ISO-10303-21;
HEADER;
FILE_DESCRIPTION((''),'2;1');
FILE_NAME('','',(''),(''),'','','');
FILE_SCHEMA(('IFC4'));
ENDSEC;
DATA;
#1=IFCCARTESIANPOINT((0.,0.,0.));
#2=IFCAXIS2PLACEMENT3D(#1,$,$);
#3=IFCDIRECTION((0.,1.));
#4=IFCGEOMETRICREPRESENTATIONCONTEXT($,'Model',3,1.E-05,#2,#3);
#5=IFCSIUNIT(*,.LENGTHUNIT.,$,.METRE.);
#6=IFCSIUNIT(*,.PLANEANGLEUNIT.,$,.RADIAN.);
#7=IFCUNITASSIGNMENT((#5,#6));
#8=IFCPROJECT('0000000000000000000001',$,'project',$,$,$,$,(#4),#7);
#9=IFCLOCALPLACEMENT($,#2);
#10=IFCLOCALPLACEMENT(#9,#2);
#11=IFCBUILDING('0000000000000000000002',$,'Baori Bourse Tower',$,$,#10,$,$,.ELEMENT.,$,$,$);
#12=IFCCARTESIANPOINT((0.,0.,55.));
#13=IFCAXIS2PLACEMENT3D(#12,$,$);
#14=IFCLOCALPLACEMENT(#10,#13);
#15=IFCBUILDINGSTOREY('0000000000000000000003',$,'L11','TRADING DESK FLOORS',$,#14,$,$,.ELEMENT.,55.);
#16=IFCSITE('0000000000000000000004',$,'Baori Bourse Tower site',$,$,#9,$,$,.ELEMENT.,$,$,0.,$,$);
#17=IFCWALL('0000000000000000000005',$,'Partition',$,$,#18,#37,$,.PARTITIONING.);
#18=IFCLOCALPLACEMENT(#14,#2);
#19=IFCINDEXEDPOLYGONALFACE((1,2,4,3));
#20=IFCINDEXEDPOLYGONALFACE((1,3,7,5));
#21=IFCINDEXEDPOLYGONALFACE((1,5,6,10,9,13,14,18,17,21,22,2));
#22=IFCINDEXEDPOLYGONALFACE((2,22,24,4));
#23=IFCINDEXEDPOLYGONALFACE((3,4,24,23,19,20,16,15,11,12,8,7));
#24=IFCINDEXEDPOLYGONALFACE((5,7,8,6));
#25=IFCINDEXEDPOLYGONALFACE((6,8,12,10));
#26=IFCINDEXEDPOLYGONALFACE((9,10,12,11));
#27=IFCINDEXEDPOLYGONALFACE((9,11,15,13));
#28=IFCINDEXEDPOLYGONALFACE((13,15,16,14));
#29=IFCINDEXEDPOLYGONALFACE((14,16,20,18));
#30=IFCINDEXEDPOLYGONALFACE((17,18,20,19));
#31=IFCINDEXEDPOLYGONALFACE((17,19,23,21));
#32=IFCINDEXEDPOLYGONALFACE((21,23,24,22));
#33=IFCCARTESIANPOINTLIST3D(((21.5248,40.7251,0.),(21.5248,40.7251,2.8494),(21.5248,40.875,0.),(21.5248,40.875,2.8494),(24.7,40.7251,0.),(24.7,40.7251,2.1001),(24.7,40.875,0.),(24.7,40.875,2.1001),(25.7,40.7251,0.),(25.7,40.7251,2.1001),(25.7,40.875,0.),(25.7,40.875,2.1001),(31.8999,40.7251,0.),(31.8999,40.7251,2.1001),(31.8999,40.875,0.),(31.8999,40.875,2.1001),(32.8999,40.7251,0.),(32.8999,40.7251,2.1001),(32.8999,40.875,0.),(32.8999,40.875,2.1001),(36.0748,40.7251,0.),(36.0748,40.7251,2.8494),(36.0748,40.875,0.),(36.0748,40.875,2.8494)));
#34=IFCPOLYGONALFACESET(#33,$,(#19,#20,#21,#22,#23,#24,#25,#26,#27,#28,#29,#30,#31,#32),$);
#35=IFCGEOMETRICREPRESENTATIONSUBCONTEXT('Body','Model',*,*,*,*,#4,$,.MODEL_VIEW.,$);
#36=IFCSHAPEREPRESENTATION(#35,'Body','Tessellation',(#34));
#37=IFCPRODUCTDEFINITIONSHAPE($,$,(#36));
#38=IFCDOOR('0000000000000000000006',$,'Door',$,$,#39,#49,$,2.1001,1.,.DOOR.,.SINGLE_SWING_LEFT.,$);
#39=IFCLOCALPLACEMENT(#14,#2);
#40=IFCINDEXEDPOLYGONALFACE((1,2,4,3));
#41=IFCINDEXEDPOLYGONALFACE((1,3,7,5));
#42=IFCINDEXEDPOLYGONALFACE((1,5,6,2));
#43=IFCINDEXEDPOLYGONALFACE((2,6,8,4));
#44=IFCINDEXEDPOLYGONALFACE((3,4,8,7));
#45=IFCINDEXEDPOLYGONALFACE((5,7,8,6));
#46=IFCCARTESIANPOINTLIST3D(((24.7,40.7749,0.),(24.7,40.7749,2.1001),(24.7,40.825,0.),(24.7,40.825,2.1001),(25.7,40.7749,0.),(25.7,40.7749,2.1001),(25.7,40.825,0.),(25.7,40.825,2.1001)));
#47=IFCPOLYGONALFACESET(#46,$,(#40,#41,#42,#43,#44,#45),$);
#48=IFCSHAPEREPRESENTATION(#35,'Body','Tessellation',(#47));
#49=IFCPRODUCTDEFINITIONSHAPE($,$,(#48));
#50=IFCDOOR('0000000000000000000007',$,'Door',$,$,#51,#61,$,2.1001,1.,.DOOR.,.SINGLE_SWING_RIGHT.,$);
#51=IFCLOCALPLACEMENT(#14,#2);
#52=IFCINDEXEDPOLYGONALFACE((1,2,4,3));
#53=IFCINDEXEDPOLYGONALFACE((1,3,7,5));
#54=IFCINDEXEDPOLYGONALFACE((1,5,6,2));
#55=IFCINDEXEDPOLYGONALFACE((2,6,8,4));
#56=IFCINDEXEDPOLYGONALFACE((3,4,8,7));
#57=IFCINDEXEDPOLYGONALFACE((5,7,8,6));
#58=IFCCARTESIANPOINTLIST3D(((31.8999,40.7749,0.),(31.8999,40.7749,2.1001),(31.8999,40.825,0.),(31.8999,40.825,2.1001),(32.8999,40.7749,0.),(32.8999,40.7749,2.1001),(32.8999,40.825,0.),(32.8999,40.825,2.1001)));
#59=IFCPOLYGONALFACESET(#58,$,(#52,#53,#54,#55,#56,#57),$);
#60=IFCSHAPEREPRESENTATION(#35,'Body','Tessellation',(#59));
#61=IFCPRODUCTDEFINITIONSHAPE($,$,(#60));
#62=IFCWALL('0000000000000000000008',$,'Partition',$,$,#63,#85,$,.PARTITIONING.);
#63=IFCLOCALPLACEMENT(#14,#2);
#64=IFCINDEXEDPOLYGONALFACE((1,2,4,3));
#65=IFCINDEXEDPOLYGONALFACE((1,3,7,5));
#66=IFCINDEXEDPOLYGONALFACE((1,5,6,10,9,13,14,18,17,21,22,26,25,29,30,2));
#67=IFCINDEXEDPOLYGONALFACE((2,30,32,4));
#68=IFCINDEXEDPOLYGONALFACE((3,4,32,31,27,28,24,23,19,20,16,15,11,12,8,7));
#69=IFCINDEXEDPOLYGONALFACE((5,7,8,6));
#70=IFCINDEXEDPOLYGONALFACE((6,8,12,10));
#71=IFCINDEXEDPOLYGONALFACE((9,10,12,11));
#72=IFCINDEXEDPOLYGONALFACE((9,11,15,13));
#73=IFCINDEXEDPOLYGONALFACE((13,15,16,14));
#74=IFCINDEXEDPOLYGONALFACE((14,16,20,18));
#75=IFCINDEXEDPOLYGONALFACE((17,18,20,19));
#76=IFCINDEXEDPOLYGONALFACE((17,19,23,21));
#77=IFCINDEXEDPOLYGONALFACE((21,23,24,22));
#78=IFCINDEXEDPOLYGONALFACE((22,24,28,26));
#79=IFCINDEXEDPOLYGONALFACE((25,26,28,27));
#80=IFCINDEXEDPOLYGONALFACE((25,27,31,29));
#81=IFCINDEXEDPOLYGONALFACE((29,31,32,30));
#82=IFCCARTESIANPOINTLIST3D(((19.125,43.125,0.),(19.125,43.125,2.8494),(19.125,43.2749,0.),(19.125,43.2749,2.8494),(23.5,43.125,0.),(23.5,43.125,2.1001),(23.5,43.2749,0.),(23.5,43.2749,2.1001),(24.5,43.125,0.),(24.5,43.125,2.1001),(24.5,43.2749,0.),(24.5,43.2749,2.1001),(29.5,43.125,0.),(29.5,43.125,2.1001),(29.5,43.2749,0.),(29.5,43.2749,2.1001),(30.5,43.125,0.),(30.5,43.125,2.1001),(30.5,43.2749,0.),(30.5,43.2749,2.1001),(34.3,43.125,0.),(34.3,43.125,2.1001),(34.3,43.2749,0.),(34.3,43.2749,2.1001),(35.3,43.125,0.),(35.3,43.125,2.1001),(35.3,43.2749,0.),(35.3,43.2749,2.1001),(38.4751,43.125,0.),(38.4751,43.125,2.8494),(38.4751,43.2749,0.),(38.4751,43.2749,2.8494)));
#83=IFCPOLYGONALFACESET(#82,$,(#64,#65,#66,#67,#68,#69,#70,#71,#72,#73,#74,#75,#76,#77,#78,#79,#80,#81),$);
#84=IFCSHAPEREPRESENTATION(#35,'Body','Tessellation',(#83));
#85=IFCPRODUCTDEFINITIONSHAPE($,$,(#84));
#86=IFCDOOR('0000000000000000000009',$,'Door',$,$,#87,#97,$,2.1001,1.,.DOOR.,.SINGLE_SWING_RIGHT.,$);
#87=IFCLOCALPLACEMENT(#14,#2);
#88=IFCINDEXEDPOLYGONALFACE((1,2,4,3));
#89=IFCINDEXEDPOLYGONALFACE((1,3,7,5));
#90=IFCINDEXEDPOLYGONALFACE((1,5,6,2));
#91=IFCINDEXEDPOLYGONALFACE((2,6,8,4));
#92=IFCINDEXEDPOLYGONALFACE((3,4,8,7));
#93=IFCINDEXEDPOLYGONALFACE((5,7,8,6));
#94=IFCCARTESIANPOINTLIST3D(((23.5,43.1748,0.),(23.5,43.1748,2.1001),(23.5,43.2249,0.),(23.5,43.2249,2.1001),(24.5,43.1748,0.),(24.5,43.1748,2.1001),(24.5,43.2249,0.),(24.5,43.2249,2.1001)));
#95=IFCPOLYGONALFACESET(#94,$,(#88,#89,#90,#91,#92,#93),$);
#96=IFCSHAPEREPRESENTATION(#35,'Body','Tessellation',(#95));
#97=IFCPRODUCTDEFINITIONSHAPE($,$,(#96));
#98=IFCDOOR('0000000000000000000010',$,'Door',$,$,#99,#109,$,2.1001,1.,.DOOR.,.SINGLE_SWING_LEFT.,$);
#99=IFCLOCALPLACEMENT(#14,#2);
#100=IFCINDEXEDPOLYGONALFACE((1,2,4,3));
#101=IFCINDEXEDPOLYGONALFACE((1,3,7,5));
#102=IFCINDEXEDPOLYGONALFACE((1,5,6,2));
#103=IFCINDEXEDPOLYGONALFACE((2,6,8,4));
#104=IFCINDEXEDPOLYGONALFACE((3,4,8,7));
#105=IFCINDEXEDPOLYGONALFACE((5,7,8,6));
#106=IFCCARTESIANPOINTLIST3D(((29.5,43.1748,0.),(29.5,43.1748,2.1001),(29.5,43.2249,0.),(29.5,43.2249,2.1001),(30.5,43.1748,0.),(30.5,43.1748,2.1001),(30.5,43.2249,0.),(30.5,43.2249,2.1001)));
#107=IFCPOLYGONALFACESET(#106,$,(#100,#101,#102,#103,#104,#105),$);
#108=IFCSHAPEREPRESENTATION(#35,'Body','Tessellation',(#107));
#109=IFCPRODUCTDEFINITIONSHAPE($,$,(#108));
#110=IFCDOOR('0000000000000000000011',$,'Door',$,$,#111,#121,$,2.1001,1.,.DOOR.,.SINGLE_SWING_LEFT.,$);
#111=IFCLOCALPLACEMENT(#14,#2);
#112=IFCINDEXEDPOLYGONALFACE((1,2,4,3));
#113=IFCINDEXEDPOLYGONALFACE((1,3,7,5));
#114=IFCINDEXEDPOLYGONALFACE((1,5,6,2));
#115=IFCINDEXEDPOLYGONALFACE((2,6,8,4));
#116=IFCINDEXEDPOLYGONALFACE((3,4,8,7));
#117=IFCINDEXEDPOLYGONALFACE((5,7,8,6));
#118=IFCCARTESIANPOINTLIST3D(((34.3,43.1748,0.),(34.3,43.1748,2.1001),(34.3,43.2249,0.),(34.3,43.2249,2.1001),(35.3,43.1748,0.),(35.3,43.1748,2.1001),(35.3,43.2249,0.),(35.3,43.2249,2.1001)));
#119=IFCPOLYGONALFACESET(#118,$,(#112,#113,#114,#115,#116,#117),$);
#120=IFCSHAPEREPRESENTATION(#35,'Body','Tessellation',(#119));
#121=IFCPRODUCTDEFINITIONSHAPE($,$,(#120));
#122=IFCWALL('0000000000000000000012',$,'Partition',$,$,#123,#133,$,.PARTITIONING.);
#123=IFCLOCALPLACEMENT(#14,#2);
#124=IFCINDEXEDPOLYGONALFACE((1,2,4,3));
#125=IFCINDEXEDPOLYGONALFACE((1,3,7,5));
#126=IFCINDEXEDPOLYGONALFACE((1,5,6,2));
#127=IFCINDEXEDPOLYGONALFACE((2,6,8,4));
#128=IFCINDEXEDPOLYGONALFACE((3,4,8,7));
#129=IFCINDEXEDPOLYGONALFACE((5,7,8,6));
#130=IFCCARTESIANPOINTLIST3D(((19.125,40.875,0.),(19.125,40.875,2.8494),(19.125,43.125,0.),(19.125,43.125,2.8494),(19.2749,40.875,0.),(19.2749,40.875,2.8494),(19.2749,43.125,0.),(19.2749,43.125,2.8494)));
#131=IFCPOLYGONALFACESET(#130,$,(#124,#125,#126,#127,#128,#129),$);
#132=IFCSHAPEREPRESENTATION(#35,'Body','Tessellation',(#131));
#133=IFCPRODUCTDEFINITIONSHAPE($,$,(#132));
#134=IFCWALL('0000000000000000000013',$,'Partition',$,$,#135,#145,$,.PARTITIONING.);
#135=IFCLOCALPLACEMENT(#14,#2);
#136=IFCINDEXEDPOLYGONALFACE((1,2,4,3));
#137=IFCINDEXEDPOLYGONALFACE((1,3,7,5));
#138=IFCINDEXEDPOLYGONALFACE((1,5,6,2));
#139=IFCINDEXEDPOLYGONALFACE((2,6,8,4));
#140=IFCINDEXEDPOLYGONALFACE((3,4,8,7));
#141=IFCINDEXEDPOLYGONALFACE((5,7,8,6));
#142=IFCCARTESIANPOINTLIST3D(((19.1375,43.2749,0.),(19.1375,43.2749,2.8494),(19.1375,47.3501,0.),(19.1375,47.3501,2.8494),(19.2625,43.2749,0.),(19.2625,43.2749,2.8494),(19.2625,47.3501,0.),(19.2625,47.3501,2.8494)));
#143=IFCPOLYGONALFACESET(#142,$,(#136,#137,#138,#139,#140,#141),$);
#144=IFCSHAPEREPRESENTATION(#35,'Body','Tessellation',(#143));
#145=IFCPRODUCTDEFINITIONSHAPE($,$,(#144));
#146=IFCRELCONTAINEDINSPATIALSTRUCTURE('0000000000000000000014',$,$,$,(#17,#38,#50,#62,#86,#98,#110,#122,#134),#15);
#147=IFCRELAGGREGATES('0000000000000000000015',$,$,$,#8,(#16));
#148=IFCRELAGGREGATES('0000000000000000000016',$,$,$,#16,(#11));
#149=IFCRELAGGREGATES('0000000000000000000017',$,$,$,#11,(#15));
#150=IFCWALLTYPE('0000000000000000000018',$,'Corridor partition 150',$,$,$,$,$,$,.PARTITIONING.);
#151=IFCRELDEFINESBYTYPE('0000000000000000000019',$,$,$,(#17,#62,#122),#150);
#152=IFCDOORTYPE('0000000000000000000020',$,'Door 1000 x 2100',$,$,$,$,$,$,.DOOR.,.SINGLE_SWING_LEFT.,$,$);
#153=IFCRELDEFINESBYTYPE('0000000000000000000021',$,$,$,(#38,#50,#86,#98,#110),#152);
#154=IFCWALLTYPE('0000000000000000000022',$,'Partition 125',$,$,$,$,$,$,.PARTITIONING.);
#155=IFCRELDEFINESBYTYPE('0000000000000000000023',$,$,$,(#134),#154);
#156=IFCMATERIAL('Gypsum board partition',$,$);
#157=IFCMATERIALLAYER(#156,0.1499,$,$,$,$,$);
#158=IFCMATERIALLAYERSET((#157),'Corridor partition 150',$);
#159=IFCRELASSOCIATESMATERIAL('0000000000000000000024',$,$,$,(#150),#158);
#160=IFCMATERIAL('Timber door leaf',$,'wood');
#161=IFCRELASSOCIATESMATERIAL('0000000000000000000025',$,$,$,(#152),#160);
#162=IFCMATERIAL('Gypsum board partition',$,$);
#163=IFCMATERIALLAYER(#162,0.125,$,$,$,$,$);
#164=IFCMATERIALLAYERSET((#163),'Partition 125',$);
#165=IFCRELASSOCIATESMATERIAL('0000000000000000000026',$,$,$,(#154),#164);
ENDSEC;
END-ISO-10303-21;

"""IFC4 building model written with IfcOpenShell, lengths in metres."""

from ifc_helpers import new_model, si_unit, direction, frame, frame_2d, origin, place, context, subcontext, project, spatial, rectangle, extrude, material, layer, layer_set, type_object, element, fill, save


model = new_model("IFC4")

# Units and contexts
model_context = context("Model", 3, precision=1e-05, world=origin(), true_north=direction((0.0, 1.0)))
body_context = subcontext(model_context, "Body", "Model", "MODEL_VIEW")
ifc_project = project(units=[si_unit("LENGTHUNIT", "METRE"), si_unit("PLANEANGLEUNIT", "RADIAN")], contexts=[model_context])

# Site, building, storey
site_placement = place(None, origin())
site = spatial("IfcSite", under=ifc_project, at=site_placement, Name="Baori Bourse Tower site", CompositionType="ELEMENT", RefElevation=0.0)
building_placement = place(site_placement, origin())
building = spatial("IfcBuilding", under=site, at=building_placement, Name="Baori Bourse Tower", CompositionType="ELEMENT")
storey_placement = place(building_placement, frame((0.0, 0.0, 55.0)))
storey = spatial("IfcBuildingStorey", under=building, at=storey_placement, Name="L11", Description="TRADING DESK FLOORS", CompositionType="ELEMENT", Elevation=55.0)

# Walls, openings, doors
ifc_material_1 = material(Name="Gypsum board partition")
ifc_layer_1 = layer(ifc_material_1, 0.1499)
ifc_layer_set_1 = layer_set([ifc_layer_1], Name="Corridor partition 150")
wall_type_1 = type_object("IfcWallType", Name="Corridor partition 150", PredefinedType="PARTITIONING", material=ifc_layer_set_1)
wall_1_placement = place(storey_placement, frame((21.5249, 40.8, 0.0), z_axis=(0.0, 0.0, 1.0), x_axis=(1.0, 0.0, 0.0)))
wall_1 = element("IfcWall", 1, at=wall_1_placement, inside=storey, type_object=wall_type_1, Name="Partition", PredefinedType="PARTITIONING", context=body_context, shape_type="SweptSolid", body=[
    extrude(rectangle(XDim=14.55, YDim=0.1499, at=frame_2d((7.2749, 0.0))), origin(), (0.0, 0.0, 1.0), 2.8494),
])
opening_1_placement = place(wall_1_placement, frame((3.175, 0.0, 0.0)))
opening_1 = element("IfcOpeningElement", 2, at=opening_1_placement, cuts=wall_1, PredefinedType="OPENING", context=body_context, shape_type="SweptSolid", body=[
    extrude(rectangle(XDim=1.0, YDim=2.1001, at=frame_2d((0.5, 1.05))), frame((0.0, 0.085, 0.0), z_axis=(0.0, -1.0, 0.0), x_axis=(1.0, 0.0, 0.0)), (0.0, 0.0, 1.0), 0.1699),
])
opening_2_placement = place(wall_1_placement, frame((10.375, 0.0, 0.0)))
opening_2 = element("IfcOpeningElement", 3, at=opening_2_placement, cuts=wall_1, PredefinedType="OPENING", context=body_context, shape_type="SweptSolid", body=[
    extrude(rectangle(XDim=1.0, YDim=2.1001, at=frame_2d((0.5, 1.05))), frame((0.0, 0.085, 0.0), z_axis=(0.0, -1.0, 0.0), x_axis=(1.0, 0.0, 0.0)), (0.0, 0.0, 1.0), 0.1699),
])
ifc_material_2 = material(Name="Timber door leaf", Category="wood")
door_type_1 = type_object("IfcDoorType", Name="Door 1000 x 2100", OperationType="SINGLE_SWING_LEFT", PredefinedType="DOOR", material=ifc_material_2)
door_1_placement = place(opening_1_placement, origin())
door_1 = element("IfcDoor", 4, at=door_1_placement, inside=storey, type_object=door_type_1, Name="Door", OperationType="SINGLE_SWING_LEFT", OverallHeight=2.1001, OverallWidth=1.0, PredefinedType="DOOR", context=body_context, shape_type="SweptSolid", body=[
    extrude(rectangle(XDim=1.0, YDim=2.1001, at=frame_2d((0.5, 1.05))), frame((0.0, 0.0249, 0.0), z_axis=(0.0, -1.0, 0.0), x_axis=(1.0, 0.0, 0.0)), (0.0, 0.0, 1.0), 0.05),
])
fill(opening_1, door_1)
door_2_placement = place(opening_2_placement, origin())
door_2 = element("IfcDoor", 5, at=door_2_placement, inside=storey, type_object=door_type_1, Name="Door", OperationType="SINGLE_SWING_RIGHT", OverallHeight=2.1001, OverallWidth=1.0, PredefinedType="DOOR", context=body_context, shape_type="SweptSolid", body=[
    extrude(rectangle(XDim=1.0, YDim=2.1001, at=frame_2d((0.5, 1.05))), frame((0.0, 0.0249, 0.0), z_axis=(0.0, -1.0, 0.0), x_axis=(1.0, 0.0, 0.0)), (0.0, 0.0, 1.0), 0.05),
])
fill(opening_2, door_2)
wall_2_placement = place(storey_placement, frame((19.125, 43.2, 0.0), z_axis=(0.0, 0.0, 1.0), x_axis=(1.0, 0.0, 0.0)))
wall_2 = element("IfcWall", 6, at=wall_2_placement, inside=storey, type_object=wall_type_1, Name="Partition", PredefinedType="PARTITIONING", context=body_context, shape_type="SweptSolid", body=[
    extrude(rectangle(XDim=19.3501, YDim=0.1499, at=frame_2d((9.675, 0.0))), origin(), (0.0, 0.0, 1.0), 2.8494),
])
opening_3_placement = place(wall_2_placement, frame((4.375, 0.0, 0.0)))
opening_3 = element("IfcOpeningElement", 7, at=opening_3_placement, cuts=wall_2, PredefinedType="OPENING", context=body_context, shape_type="SweptSolid", body=[
    extrude(rectangle(XDim=1.0, YDim=2.1001, at=frame_2d((0.5, 1.05))), frame((0.0, 0.085, 0.0), z_axis=(0.0, -1.0, 0.0), x_axis=(1.0, 0.0, 0.0)), (0.0, 0.0, 1.0), 0.1699),
])
opening_4_placement = place(wall_2_placement, frame((10.375, 0.0, 0.0)))
opening_4 = element("IfcOpeningElement", 8, at=opening_4_placement, cuts=wall_2, PredefinedType="OPENING", context=body_context, shape_type="SweptSolid", body=[
    extrude(rectangle(XDim=1.0, YDim=2.1001, at=frame_2d((0.5, 1.05))), frame((0.0, 0.085, 0.0), z_axis=(0.0, -1.0, 0.0), x_axis=(1.0, 0.0, 0.0)), (0.0, 0.0, 1.0), 0.1699),
])
opening_5_placement = place(wall_2_placement, frame((15.175, 0.0, 0.0)))
opening_5 = element("IfcOpeningElement", 9, at=opening_5_placement, cuts=wall_2, PredefinedType="OPENING", context=body_context, shape_type="SweptSolid", body=[
    extrude(rectangle(XDim=1.0, YDim=2.1001, at=frame_2d((0.5, 1.05))), frame((0.0, 0.085, 0.0), z_axis=(0.0, -1.0, 0.0), x_axis=(1.0, 0.0, 0.0)), (0.0, 0.0, 1.0), 0.1699),
])
door_3_placement = place(opening_3_placement, origin())
door_3 = element("IfcDoor", 10, at=door_3_placement, inside=storey, type_object=door_type_1, Name="Door", OperationType="SINGLE_SWING_RIGHT", OverallHeight=2.1001, OverallWidth=1.0, PredefinedType="DOOR", context=body_context, shape_type="SweptSolid", body=[
    extrude(rectangle(XDim=1.0, YDim=2.1001, at=frame_2d((0.5, 1.05))), frame((0.0, 0.0249, 0.0), z_axis=(0.0, -1.0, 0.0), x_axis=(1.0, 0.0, 0.0)), (0.0, 0.0, 1.0), 0.05),
])
fill(opening_3, door_3)
door_4_placement = place(opening_4_placement, origin())
door_4 = element("IfcDoor", 11, at=door_4_placement, inside=storey, type_object=door_type_1, Name="Door", OperationType="SINGLE_SWING_LEFT", OverallHeight=2.1001, OverallWidth=1.0, PredefinedType="DOOR", context=body_context, shape_type="SweptSolid", body=[
    extrude(rectangle(XDim=1.0, YDim=2.1001, at=frame_2d((0.5, 1.05))), frame((0.0, 0.0249, 0.0), z_axis=(0.0, -1.0, 0.0), x_axis=(1.0, 0.0, 0.0)), (0.0, 0.0, 1.0), 0.05),
])
fill(opening_4, door_4)
door_5_placement = place(opening_5_placement, origin())
door_5 = element("IfcDoor", 12, at=door_5_placement, inside=storey, type_object=door_type_1, Name="Door", OperationType="SINGLE_SWING_LEFT", OverallHeight=2.1001, OverallWidth=1.0, PredefinedType="DOOR", context=body_context, shape_type="SweptSolid", body=[
    extrude(rectangle(XDim=1.0, YDim=2.1001, at=frame_2d((0.5, 1.05))), frame((0.0, 0.0249, 0.0), z_axis=(0.0, -1.0, 0.0), x_axis=(1.0, 0.0, 0.0)), (0.0, 0.0, 1.0), 0.05),
])
fill(opening_5, door_5)

# Walls
wall_3_placement = place(storey_placement, frame((19.2, 40.875, 0.0), z_axis=(0.0, 0.0, 1.0), x_axis=(0.0, 1.0, 0.0)))
element("IfcWall", 13, at=wall_3_placement, inside=storey, type_object=wall_type_1, Name="Partition", PredefinedType="PARTITIONING", context=body_context, shape_type="SweptSolid", body=[
    extrude(rectangle(XDim=2.25, YDim=0.1499, at=frame_2d((1.125, 0.0))), origin(), (0.0, 0.0, 1.0), 2.8494),
])
ifc_material_3 = material(Name="Gypsum board partition")
ifc_layer_2 = layer(ifc_material_3, 0.125)
ifc_layer_set_2 = layer_set([ifc_layer_2], Name="Partition 125")
wall_type_2 = type_object("IfcWallType", Name="Partition 125", PredefinedType="PARTITIONING", material=ifc_layer_set_2)
wall_4_placement = place(storey_placement, frame((19.2, 43.2749, 0.0), z_axis=(0.0, 0.0, 1.0), x_axis=(0.0, 1.0, 0.0)))
element("IfcWall", 14, at=wall_4_placement, inside=storey, type_object=wall_type_2, Name="Partition", PredefinedType="PARTITIONING", context=body_context, shape_type="SweptSolid", body=[
    extrude(rectangle(XDim=4.0752, YDim=0.125, at=frame_2d((2.0376, 0.0))), origin(), (0.0, 0.0, 1.0), 2.8494),
])

save(model, "model.ifc")
